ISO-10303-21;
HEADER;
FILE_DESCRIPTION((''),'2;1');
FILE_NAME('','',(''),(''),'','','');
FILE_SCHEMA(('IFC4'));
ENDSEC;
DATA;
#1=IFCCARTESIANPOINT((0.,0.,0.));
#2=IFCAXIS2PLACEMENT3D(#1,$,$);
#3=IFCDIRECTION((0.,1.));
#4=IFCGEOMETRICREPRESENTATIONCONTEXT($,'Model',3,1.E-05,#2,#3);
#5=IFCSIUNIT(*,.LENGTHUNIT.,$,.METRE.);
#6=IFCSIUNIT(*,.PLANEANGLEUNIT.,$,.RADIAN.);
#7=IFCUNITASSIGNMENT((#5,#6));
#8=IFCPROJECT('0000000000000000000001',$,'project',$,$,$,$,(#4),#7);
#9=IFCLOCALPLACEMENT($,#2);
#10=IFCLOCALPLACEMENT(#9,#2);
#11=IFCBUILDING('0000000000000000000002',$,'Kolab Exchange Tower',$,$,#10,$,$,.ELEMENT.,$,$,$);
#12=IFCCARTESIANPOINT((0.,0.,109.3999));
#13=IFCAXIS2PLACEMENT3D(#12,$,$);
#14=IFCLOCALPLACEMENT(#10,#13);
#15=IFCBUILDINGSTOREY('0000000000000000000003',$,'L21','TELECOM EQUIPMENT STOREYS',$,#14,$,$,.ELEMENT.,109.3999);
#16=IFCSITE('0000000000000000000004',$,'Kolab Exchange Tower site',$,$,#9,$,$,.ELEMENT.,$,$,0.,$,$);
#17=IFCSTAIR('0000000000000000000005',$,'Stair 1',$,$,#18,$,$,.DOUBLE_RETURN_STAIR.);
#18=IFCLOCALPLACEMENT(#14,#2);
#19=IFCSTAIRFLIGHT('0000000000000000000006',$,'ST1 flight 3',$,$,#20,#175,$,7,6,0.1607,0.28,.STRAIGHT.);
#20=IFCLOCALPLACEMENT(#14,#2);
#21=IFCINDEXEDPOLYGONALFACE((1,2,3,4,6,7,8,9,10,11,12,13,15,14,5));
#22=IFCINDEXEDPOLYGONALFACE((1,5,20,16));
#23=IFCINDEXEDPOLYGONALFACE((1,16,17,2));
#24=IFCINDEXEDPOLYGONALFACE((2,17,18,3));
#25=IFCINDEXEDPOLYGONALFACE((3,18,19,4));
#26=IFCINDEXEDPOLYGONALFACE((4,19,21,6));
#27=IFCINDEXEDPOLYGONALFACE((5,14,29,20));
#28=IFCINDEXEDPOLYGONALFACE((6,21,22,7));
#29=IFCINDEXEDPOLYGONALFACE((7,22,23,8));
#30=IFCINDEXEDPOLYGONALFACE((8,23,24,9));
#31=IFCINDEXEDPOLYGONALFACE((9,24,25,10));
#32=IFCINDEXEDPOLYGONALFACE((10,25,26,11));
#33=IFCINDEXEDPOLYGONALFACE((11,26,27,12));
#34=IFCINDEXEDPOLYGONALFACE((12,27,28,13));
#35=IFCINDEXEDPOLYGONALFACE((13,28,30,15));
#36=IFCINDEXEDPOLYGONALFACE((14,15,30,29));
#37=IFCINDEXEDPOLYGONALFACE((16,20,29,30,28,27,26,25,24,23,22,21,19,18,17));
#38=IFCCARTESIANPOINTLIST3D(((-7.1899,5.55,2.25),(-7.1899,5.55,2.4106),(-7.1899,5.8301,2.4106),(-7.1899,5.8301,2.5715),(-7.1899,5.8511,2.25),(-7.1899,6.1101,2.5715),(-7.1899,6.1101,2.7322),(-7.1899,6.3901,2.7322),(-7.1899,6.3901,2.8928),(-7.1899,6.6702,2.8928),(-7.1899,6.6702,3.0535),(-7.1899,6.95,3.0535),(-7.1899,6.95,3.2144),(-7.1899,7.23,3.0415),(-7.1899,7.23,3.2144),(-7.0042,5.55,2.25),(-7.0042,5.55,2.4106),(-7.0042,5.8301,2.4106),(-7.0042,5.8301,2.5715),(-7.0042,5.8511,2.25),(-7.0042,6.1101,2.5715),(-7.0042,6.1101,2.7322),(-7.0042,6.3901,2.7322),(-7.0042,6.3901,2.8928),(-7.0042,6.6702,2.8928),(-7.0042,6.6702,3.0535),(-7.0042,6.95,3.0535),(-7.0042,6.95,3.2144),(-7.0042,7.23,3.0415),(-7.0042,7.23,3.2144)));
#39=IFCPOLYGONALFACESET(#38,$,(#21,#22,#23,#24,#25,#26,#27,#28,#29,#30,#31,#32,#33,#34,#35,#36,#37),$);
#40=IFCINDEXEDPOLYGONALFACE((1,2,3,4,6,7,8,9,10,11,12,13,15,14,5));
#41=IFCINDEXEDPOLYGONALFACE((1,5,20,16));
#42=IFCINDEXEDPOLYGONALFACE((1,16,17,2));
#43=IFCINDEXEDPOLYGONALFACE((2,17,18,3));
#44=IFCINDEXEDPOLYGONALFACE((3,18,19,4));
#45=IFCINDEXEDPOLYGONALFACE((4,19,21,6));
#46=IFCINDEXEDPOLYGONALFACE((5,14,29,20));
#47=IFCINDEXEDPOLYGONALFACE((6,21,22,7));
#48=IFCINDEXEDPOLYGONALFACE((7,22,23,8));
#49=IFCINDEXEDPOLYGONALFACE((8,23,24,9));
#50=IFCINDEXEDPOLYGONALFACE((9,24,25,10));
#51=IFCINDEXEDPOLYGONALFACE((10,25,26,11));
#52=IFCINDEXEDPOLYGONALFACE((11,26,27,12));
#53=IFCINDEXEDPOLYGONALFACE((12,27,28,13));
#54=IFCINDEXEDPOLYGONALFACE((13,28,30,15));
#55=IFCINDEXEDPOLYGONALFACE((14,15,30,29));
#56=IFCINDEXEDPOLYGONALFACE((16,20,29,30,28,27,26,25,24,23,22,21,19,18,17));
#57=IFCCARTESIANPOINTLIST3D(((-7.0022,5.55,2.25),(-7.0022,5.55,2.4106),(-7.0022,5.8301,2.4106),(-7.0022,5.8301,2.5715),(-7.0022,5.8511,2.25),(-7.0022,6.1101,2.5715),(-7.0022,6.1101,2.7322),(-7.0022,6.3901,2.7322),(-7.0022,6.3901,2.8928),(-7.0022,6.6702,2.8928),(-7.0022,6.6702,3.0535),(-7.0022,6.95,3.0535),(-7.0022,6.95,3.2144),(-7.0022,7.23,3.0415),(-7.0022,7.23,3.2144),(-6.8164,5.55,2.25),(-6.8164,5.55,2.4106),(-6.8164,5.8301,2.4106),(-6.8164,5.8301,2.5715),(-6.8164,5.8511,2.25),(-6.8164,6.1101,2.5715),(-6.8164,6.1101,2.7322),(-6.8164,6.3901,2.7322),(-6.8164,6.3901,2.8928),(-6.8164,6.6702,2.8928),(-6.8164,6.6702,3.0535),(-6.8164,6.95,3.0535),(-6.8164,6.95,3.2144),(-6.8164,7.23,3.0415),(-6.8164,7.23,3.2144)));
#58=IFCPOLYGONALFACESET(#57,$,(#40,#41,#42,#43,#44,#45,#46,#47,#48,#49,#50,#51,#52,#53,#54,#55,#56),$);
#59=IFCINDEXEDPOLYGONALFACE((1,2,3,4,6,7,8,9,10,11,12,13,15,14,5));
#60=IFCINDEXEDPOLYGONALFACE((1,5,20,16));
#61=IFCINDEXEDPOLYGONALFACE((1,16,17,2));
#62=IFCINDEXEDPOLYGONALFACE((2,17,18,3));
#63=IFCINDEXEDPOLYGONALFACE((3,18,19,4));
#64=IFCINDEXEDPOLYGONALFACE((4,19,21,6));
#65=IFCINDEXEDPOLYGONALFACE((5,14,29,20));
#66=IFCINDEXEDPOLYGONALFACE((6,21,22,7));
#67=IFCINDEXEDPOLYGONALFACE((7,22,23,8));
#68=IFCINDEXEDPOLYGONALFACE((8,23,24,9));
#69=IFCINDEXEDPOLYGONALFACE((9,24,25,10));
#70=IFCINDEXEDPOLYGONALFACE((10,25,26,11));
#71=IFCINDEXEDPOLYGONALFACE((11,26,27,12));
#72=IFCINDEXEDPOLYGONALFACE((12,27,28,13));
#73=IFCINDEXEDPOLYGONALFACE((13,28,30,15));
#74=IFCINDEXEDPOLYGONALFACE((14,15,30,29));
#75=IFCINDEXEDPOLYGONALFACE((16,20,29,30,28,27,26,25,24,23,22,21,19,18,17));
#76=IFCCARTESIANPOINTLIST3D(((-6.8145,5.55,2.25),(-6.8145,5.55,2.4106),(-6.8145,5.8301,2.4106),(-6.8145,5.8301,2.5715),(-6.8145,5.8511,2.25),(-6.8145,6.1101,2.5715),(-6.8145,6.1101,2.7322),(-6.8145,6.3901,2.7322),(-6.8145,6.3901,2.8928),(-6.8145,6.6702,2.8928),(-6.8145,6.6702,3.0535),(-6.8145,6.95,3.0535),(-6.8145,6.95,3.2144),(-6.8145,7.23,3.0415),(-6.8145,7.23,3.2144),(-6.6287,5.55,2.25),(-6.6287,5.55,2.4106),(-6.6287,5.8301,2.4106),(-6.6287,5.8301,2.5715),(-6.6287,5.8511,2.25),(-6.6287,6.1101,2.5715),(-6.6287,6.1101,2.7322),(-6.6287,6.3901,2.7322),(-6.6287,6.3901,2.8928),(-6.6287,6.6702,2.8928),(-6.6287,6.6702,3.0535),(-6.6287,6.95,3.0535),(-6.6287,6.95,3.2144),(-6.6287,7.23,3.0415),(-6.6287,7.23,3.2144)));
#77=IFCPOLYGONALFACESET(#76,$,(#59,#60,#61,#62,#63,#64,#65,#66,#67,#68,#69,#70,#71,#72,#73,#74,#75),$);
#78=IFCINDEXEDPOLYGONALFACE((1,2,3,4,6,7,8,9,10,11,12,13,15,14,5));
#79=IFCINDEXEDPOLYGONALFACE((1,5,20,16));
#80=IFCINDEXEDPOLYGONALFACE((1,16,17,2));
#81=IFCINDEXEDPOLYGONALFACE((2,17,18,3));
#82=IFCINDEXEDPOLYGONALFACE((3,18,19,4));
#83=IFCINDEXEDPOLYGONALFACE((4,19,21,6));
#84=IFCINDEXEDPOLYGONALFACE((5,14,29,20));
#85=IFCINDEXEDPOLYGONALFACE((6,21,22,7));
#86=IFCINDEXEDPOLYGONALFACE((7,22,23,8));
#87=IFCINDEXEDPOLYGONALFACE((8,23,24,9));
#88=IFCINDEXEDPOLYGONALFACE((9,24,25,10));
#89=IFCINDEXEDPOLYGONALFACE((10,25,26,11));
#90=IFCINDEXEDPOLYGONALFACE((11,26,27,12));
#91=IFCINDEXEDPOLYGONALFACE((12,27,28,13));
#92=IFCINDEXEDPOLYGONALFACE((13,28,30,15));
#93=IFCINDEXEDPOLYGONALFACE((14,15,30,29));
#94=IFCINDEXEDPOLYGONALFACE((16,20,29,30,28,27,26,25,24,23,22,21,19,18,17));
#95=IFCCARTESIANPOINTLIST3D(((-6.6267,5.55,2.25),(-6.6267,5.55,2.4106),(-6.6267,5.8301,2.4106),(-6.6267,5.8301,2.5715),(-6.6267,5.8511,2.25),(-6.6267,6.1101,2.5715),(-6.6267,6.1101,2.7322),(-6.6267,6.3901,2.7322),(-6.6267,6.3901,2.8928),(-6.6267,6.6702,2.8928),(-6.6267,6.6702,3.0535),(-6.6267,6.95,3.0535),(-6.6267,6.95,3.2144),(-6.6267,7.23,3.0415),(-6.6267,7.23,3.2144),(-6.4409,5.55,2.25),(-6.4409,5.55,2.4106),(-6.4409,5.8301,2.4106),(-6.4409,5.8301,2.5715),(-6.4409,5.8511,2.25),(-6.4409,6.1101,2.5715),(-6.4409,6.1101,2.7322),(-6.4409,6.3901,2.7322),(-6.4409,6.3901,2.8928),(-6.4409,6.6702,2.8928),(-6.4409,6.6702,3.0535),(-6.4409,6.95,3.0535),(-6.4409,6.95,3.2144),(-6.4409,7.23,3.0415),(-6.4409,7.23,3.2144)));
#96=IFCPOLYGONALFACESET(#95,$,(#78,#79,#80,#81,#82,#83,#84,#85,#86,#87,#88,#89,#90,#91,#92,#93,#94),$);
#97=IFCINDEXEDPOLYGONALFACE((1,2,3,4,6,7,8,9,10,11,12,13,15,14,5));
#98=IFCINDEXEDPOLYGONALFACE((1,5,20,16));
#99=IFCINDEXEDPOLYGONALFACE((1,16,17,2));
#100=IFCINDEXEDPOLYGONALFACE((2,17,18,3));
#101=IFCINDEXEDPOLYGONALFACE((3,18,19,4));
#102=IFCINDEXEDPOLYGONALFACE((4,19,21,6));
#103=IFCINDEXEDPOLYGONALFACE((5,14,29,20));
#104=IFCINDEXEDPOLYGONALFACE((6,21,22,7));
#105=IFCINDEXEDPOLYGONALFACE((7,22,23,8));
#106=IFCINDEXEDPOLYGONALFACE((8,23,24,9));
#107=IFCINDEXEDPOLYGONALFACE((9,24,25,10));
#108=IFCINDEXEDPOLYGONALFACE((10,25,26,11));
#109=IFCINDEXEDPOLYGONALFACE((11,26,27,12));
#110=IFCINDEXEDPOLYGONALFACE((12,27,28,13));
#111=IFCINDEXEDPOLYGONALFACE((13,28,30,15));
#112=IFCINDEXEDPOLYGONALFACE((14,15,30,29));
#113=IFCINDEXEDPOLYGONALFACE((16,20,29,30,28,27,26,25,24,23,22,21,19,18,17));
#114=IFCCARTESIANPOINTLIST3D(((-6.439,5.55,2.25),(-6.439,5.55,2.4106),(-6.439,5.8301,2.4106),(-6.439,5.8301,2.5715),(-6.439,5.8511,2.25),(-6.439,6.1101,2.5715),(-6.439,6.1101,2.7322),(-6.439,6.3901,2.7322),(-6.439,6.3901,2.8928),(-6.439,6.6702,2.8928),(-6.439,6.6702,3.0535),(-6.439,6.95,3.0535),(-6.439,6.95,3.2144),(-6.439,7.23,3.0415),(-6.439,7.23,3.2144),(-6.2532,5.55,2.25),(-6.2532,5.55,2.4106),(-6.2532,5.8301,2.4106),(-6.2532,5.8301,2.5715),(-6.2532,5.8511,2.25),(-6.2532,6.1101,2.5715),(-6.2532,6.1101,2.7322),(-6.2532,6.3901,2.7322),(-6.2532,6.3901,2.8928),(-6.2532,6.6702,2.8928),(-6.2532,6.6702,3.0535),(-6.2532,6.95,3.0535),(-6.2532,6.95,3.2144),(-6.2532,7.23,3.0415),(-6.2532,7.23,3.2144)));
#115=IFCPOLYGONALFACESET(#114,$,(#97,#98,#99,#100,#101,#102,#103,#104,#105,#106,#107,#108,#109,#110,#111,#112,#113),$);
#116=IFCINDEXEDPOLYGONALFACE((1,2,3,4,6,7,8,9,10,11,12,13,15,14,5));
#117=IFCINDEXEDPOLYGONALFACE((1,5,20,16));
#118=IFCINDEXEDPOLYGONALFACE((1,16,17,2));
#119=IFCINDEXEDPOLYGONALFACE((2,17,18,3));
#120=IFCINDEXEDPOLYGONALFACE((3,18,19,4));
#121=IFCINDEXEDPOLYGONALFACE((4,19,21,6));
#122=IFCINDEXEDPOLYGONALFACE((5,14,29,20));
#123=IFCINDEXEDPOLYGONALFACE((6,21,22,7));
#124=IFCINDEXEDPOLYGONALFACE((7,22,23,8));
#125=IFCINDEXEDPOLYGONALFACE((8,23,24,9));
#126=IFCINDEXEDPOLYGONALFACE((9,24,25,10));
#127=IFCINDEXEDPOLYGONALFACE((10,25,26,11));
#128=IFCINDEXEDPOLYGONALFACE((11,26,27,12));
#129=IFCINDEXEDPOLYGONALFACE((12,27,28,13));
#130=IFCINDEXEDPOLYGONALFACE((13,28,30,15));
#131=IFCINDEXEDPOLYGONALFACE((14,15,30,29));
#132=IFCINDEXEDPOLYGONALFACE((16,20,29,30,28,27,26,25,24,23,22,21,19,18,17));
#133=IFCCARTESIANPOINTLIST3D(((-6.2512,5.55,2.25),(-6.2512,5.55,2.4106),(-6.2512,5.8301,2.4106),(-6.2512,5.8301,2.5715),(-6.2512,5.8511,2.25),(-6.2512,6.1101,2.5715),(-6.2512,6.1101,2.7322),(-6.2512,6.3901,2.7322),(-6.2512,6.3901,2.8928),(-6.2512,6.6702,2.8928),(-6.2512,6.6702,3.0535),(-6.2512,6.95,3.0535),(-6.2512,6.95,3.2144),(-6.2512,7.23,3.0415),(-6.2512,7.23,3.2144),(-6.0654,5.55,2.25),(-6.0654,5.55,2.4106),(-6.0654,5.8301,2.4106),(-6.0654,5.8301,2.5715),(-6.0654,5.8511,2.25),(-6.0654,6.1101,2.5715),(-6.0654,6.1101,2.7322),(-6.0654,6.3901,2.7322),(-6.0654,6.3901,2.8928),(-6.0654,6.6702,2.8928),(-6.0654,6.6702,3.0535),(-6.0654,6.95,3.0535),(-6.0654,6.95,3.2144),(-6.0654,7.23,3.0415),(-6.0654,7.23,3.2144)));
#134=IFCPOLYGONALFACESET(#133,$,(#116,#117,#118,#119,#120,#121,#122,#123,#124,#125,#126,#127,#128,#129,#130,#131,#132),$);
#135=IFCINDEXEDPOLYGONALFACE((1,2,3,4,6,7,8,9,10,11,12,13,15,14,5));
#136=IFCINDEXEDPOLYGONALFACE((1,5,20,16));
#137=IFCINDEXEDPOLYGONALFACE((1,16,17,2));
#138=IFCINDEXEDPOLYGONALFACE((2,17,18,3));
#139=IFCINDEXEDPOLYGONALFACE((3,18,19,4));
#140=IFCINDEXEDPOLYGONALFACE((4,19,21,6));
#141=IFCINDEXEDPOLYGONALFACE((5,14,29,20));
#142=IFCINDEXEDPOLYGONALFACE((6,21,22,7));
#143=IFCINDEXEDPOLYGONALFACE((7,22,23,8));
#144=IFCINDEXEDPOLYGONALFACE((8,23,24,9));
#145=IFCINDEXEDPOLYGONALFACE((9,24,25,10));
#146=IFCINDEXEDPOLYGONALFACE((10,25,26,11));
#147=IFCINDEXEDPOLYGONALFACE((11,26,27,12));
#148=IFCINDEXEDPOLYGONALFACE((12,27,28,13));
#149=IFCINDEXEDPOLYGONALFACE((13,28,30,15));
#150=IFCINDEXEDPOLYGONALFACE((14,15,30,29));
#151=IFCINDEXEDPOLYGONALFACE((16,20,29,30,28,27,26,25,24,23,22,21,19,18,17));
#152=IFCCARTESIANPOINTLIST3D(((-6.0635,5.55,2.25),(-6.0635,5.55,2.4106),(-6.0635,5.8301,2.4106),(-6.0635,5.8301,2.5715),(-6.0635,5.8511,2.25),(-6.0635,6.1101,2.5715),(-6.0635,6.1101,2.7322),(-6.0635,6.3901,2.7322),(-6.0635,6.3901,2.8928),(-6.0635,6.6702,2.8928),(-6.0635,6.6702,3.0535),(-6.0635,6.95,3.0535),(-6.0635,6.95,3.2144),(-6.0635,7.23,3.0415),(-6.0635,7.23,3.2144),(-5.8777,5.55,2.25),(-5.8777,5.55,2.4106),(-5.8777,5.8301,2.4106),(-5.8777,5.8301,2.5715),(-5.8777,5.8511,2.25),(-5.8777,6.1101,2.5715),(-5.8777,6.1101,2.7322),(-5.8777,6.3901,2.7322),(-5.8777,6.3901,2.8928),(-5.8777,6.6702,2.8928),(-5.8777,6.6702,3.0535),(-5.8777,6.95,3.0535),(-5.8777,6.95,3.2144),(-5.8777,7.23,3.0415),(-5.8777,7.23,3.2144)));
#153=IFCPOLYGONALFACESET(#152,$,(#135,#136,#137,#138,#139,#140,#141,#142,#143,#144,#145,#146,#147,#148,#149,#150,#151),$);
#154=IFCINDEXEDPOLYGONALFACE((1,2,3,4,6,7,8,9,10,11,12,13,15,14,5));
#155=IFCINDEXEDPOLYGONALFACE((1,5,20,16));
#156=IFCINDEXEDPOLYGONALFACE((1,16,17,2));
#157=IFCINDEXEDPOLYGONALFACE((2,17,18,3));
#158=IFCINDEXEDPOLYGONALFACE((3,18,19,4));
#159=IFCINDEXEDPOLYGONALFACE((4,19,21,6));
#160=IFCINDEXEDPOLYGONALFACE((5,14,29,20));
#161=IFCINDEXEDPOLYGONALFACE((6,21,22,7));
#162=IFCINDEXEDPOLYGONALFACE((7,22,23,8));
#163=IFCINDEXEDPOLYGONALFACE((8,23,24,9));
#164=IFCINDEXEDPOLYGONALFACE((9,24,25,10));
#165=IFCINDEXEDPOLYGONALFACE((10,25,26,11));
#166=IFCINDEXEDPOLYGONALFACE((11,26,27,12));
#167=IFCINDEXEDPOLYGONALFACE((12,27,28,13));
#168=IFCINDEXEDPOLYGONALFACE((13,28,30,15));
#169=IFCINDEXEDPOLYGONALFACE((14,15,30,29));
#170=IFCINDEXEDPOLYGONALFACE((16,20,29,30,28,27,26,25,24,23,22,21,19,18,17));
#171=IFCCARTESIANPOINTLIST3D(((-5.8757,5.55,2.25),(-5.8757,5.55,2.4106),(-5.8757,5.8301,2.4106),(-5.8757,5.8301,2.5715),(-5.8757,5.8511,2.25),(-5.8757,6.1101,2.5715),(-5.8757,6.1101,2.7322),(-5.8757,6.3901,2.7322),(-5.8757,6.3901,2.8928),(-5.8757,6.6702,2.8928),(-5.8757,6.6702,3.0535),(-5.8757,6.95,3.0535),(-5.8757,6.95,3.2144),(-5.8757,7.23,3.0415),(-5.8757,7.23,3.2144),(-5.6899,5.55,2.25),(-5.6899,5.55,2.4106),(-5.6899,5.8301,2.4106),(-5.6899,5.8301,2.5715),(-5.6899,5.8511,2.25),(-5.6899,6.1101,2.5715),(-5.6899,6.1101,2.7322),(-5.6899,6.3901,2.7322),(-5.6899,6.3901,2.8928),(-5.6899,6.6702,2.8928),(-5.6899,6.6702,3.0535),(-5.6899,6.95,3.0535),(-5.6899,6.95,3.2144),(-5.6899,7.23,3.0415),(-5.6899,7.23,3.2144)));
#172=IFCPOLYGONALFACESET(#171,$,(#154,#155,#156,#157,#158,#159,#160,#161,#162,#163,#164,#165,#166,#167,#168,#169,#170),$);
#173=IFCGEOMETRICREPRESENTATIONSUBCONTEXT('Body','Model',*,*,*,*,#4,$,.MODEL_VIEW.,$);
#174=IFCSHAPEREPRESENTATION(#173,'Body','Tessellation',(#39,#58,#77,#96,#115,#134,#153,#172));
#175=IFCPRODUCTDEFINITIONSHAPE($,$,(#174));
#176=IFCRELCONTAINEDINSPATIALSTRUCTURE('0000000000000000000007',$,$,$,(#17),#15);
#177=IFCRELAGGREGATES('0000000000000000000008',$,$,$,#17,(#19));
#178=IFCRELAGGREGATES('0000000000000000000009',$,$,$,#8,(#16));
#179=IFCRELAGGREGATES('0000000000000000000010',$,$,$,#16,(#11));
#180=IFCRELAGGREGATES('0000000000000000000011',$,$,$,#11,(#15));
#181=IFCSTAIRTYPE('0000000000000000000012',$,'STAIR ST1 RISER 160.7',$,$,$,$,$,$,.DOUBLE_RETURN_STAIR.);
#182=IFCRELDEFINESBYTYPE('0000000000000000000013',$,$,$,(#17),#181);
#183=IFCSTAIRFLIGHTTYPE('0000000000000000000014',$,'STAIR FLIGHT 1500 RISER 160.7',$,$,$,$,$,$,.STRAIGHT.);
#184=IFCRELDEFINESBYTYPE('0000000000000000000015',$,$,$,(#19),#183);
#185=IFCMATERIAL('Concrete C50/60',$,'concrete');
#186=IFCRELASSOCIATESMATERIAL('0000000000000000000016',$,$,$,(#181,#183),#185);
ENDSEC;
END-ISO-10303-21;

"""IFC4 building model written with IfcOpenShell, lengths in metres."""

from ifc_helpers import new_model, si_unit, direction, frame, origin, place, context, subcontext, project, spatial, polyline, outline, extrude, material, type_object, element, aggregate, save


model = new_model("IFC4")

# Units and contexts
model_context = context("Model", 3, precision=1e-05, world=origin(), true_north=direction((0.0, 1.0)))
body_context = subcontext(model_context, "Body", "Model", "MODEL_VIEW")
ifc_project = project(units=[si_unit("LENGTHUNIT", "METRE"), si_unit("PLANEANGLEUNIT", "RADIAN")], contexts=[model_context])

# Site, building, storey
site_placement = place(None, origin())
site = spatial("IfcSite", under=ifc_project, at=site_placement, Name="Kolab Exchange Tower site", CompositionType="ELEMENT", RefElevation=0.0)
building_placement = place(site_placement, origin())
building = spatial("IfcBuilding", under=site, at=building_placement, Name="Kolab Exchange Tower", CompositionType="ELEMENT")
storey_placement = place(building_placement, frame((0.0, 0.0, 109.3999)))
storey = spatial("IfcBuildingStorey", under=building, at=storey_placement, Name="L21", Description="TELECOM EQUIPMENT STOREYS", CompositionType="ELEMENT", Elevation=109.3999)

# Shared definitions
ifc_material_1 = material(Name="Concrete C50/60", Category="concrete")

# Stair, stair flight
stair_type = type_object("IfcStairType", Name="STAIR ST1 RISER 160.7", PredefinedType="DOUBLE_RETURN_STAIR", material=ifc_material_1)
stair_placement = place(storey_placement, origin())
stair = element("IfcStair", 1, at=stair_placement, inside=storey, type_object=stair_type, Name="Stair 1", PredefinedType="DOUBLE_RETURN_STAIR")
stair_flight_type = type_object("IfcStairFlightType", Name="STAIR FLIGHT 1500 RISER 160.7", PredefinedType="STRAIGHT", material=ifc_material_1)
stair_flight_1_placement = place(storey_placement, frame((-6.4399, 5.55, 2.25), z_axis=(0.0, 0.0, 1.0), x_axis=(0.0, 1.0, 0.0)))
stair_flight_1 = element("IfcStairFlight", 2, at=stair_flight_1_placement, type_object=stair_flight_type, Name="ST1 flight 3", NumberOfRisers=7, NumberOfTreads=6, PredefinedType="STRAIGHT", RiserHeight=0.1607, TreadLength=0.28, context=body_context, shape_type="SweptSolid", body=[
    extrude(outline(polyline([(0.0, 0.0), (0.0, 0.1606), (0.28, 0.1606), (0.28, 0.3215), (0.5601, 0.3215), (0.5601, 0.4822), (0.8401, 0.4822), (0.8401, 0.6428), (1.1201, 0.6428), (1.1201, 0.8035), (1.3999, 0.8035), (1.3999, 0.9644), (1.6799, 0.9644), (1.6799, 1.125), (1.6799, 0.7915), (0.301, 0.0), (0.0, 0.0)])), frame((0.0, 0.75, 0.0), z_axis=(0.0, -1.0, 0.0), x_axis=(1.0, 0.0, 0.0)), (0.0, 0.0, 1.0), 0.1858),
    extrude(outline(polyline([(0.0, 0.0), (0.0, 0.1606), (0.28, 0.1606), (0.28, 0.3215), (0.5601, 0.3215), (0.5601, 0.4822), (0.8401, 0.4822), (0.8401, 0.6428), (1.1201, 0.6428), (1.1201, 0.8035), (1.3999, 0.8035), (1.3999, 0.9644), (1.6799, 0.9644), (1.6799, 1.125), (1.6799, 0.7915), (0.301, 0.0), (0.0, 0.0)])), frame((0.0, 0.5623, 0.0), z_axis=(0.0, -1.0, 0.0), x_axis=(1.0, 0.0, 0.0)), (0.0, 0.0, 1.0), 0.1858),
    extrude(outline(polyline([(0.0, 0.0), (0.0, 0.1606), (0.28, 0.1606), (0.28, 0.3215), (0.5601, 0.3215), (0.5601, 0.4822), (0.8401, 0.4822), (0.8401, 0.6428), (1.1201, 0.6428), (1.1201, 0.8035), (1.3999, 0.8035), (1.3999, 0.9644), (1.6799, 0.9644), (1.6799, 1.125), (1.6799, 0.7915), (0.301, 0.0), (0.0, 0.0)])), frame((0.0, 0.3745, 0.0), z_axis=(0.0, -1.0, 0.0), x_axis=(1.0, 0.0, 0.0)), (0.0, 0.0, 1.0), 0.1858),
    extrude(outline(polyline([(0.0, 0.0), (0.0, 0.1606), (0.28, 0.1606), (0.28, 0.3215), (0.5601, 0.3215), (0.5601, 0.4822), (0.8401, 0.4822), (0.8401, 0.6428), (1.1201, 0.6428), (1.1201, 0.8035), (1.3999, 0.8035), (1.3999, 0.9644), (1.6799, 0.9644), (1.6799, 1.125), (1.6799, 0.7915), (0.301, 0.0), (0.0, 0.0)])), frame((0.0, 0.1868, 0.0), z_axis=(0.0, -1.0, 0.0), x_axis=(1.0, 0.0, 0.0)), (0.0, 0.0, 1.0), 0.1858),
    extrude(outline(polyline([(0.0, 0.0), (0.0, 0.1606), (0.28, 0.1606), (0.28, 0.3215), (0.5601, 0.3215), (0.5601, 0.4822), (0.8401, 0.4822), (0.8401, 0.6428), (1.1201, 0.6428), (1.1201, 0.8035), (1.3999, 0.8035), (1.3999, 0.9644), (1.6799, 0.9644), (1.6799, 1.125), (1.6799, 0.7915), (0.301, 0.0), (0.0, 0.0)])), frame((0.0, -0.001, 0.0), z_axis=(0.0, -1.0, 0.0), x_axis=(1.0, 0.0, 0.0)), (0.0, 0.0, 1.0), 0.1858),
    extrude(outline(polyline([(0.0, 0.0), (0.0, 0.1606), (0.28, 0.1606), (0.28, 0.3215), (0.5601, 0.3215), (0.5601, 0.4822), (0.8401, 0.4822), (0.8401, 0.6428), (1.1201, 0.6428), (1.1201, 0.8035), (1.3999, 0.8035), (1.3999, 0.9644), (1.6799, 0.9644), (1.6799, 1.125), (1.6799, 0.7915), (0.301, 0.0), (0.0, 0.0)])), frame((0.0, -0.1887, 0.0), z_axis=(0.0, -1.0, 0.0), x_axis=(1.0, 0.0, 0.0)), (0.0, 0.0, 1.0), 0.1858),
    extrude(outline(polyline([(0.0, 0.0), (0.0, 0.1606), (0.28, 0.1606), (0.28, 0.3215), (0.5601, 0.3215), (0.5601, 0.4822), (0.8401, 0.4822), (0.8401, 0.6428), (1.1201, 0.6428), (1.1201, 0.8035), (1.3999, 0.8035), (1.3999, 0.9644), (1.6799, 0.9644), (1.6799, 1.125), (1.6799, 0.7915), (0.301, 0.0), (0.0, 0.0)])), frame((0.0, -0.3765, 0.0), z_axis=(0.0, -1.0, 0.0), x_axis=(1.0, 0.0, 0.0)), (0.0, 0.0, 1.0), 0.1858),
    extrude(outline(polyline([(0.0, 0.0), (0.0, 0.1606), (0.28, 0.1606), (0.28, 0.3215), (0.5601, 0.3215), (0.5601, 0.4822), (0.8401, 0.4822), (0.8401, 0.6428), (1.1201, 0.6428), (1.1201, 0.8035), (1.3999, 0.8035), (1.3999, 0.9644), (1.6799, 0.9644), (1.6799, 1.125), (1.6799, 0.7915), (0.301, 0.0), (0.0, 0.0)])), frame((0.0, -0.5642, 0.0), z_axis=(0.0, -1.0, 0.0), x_axis=(1.0, 0.0, 0.0)), (0.0, 0.0, 1.0), 0.1858),
])
aggregate(stair, [stair_flight_1])

save(model, "model.ifc")
